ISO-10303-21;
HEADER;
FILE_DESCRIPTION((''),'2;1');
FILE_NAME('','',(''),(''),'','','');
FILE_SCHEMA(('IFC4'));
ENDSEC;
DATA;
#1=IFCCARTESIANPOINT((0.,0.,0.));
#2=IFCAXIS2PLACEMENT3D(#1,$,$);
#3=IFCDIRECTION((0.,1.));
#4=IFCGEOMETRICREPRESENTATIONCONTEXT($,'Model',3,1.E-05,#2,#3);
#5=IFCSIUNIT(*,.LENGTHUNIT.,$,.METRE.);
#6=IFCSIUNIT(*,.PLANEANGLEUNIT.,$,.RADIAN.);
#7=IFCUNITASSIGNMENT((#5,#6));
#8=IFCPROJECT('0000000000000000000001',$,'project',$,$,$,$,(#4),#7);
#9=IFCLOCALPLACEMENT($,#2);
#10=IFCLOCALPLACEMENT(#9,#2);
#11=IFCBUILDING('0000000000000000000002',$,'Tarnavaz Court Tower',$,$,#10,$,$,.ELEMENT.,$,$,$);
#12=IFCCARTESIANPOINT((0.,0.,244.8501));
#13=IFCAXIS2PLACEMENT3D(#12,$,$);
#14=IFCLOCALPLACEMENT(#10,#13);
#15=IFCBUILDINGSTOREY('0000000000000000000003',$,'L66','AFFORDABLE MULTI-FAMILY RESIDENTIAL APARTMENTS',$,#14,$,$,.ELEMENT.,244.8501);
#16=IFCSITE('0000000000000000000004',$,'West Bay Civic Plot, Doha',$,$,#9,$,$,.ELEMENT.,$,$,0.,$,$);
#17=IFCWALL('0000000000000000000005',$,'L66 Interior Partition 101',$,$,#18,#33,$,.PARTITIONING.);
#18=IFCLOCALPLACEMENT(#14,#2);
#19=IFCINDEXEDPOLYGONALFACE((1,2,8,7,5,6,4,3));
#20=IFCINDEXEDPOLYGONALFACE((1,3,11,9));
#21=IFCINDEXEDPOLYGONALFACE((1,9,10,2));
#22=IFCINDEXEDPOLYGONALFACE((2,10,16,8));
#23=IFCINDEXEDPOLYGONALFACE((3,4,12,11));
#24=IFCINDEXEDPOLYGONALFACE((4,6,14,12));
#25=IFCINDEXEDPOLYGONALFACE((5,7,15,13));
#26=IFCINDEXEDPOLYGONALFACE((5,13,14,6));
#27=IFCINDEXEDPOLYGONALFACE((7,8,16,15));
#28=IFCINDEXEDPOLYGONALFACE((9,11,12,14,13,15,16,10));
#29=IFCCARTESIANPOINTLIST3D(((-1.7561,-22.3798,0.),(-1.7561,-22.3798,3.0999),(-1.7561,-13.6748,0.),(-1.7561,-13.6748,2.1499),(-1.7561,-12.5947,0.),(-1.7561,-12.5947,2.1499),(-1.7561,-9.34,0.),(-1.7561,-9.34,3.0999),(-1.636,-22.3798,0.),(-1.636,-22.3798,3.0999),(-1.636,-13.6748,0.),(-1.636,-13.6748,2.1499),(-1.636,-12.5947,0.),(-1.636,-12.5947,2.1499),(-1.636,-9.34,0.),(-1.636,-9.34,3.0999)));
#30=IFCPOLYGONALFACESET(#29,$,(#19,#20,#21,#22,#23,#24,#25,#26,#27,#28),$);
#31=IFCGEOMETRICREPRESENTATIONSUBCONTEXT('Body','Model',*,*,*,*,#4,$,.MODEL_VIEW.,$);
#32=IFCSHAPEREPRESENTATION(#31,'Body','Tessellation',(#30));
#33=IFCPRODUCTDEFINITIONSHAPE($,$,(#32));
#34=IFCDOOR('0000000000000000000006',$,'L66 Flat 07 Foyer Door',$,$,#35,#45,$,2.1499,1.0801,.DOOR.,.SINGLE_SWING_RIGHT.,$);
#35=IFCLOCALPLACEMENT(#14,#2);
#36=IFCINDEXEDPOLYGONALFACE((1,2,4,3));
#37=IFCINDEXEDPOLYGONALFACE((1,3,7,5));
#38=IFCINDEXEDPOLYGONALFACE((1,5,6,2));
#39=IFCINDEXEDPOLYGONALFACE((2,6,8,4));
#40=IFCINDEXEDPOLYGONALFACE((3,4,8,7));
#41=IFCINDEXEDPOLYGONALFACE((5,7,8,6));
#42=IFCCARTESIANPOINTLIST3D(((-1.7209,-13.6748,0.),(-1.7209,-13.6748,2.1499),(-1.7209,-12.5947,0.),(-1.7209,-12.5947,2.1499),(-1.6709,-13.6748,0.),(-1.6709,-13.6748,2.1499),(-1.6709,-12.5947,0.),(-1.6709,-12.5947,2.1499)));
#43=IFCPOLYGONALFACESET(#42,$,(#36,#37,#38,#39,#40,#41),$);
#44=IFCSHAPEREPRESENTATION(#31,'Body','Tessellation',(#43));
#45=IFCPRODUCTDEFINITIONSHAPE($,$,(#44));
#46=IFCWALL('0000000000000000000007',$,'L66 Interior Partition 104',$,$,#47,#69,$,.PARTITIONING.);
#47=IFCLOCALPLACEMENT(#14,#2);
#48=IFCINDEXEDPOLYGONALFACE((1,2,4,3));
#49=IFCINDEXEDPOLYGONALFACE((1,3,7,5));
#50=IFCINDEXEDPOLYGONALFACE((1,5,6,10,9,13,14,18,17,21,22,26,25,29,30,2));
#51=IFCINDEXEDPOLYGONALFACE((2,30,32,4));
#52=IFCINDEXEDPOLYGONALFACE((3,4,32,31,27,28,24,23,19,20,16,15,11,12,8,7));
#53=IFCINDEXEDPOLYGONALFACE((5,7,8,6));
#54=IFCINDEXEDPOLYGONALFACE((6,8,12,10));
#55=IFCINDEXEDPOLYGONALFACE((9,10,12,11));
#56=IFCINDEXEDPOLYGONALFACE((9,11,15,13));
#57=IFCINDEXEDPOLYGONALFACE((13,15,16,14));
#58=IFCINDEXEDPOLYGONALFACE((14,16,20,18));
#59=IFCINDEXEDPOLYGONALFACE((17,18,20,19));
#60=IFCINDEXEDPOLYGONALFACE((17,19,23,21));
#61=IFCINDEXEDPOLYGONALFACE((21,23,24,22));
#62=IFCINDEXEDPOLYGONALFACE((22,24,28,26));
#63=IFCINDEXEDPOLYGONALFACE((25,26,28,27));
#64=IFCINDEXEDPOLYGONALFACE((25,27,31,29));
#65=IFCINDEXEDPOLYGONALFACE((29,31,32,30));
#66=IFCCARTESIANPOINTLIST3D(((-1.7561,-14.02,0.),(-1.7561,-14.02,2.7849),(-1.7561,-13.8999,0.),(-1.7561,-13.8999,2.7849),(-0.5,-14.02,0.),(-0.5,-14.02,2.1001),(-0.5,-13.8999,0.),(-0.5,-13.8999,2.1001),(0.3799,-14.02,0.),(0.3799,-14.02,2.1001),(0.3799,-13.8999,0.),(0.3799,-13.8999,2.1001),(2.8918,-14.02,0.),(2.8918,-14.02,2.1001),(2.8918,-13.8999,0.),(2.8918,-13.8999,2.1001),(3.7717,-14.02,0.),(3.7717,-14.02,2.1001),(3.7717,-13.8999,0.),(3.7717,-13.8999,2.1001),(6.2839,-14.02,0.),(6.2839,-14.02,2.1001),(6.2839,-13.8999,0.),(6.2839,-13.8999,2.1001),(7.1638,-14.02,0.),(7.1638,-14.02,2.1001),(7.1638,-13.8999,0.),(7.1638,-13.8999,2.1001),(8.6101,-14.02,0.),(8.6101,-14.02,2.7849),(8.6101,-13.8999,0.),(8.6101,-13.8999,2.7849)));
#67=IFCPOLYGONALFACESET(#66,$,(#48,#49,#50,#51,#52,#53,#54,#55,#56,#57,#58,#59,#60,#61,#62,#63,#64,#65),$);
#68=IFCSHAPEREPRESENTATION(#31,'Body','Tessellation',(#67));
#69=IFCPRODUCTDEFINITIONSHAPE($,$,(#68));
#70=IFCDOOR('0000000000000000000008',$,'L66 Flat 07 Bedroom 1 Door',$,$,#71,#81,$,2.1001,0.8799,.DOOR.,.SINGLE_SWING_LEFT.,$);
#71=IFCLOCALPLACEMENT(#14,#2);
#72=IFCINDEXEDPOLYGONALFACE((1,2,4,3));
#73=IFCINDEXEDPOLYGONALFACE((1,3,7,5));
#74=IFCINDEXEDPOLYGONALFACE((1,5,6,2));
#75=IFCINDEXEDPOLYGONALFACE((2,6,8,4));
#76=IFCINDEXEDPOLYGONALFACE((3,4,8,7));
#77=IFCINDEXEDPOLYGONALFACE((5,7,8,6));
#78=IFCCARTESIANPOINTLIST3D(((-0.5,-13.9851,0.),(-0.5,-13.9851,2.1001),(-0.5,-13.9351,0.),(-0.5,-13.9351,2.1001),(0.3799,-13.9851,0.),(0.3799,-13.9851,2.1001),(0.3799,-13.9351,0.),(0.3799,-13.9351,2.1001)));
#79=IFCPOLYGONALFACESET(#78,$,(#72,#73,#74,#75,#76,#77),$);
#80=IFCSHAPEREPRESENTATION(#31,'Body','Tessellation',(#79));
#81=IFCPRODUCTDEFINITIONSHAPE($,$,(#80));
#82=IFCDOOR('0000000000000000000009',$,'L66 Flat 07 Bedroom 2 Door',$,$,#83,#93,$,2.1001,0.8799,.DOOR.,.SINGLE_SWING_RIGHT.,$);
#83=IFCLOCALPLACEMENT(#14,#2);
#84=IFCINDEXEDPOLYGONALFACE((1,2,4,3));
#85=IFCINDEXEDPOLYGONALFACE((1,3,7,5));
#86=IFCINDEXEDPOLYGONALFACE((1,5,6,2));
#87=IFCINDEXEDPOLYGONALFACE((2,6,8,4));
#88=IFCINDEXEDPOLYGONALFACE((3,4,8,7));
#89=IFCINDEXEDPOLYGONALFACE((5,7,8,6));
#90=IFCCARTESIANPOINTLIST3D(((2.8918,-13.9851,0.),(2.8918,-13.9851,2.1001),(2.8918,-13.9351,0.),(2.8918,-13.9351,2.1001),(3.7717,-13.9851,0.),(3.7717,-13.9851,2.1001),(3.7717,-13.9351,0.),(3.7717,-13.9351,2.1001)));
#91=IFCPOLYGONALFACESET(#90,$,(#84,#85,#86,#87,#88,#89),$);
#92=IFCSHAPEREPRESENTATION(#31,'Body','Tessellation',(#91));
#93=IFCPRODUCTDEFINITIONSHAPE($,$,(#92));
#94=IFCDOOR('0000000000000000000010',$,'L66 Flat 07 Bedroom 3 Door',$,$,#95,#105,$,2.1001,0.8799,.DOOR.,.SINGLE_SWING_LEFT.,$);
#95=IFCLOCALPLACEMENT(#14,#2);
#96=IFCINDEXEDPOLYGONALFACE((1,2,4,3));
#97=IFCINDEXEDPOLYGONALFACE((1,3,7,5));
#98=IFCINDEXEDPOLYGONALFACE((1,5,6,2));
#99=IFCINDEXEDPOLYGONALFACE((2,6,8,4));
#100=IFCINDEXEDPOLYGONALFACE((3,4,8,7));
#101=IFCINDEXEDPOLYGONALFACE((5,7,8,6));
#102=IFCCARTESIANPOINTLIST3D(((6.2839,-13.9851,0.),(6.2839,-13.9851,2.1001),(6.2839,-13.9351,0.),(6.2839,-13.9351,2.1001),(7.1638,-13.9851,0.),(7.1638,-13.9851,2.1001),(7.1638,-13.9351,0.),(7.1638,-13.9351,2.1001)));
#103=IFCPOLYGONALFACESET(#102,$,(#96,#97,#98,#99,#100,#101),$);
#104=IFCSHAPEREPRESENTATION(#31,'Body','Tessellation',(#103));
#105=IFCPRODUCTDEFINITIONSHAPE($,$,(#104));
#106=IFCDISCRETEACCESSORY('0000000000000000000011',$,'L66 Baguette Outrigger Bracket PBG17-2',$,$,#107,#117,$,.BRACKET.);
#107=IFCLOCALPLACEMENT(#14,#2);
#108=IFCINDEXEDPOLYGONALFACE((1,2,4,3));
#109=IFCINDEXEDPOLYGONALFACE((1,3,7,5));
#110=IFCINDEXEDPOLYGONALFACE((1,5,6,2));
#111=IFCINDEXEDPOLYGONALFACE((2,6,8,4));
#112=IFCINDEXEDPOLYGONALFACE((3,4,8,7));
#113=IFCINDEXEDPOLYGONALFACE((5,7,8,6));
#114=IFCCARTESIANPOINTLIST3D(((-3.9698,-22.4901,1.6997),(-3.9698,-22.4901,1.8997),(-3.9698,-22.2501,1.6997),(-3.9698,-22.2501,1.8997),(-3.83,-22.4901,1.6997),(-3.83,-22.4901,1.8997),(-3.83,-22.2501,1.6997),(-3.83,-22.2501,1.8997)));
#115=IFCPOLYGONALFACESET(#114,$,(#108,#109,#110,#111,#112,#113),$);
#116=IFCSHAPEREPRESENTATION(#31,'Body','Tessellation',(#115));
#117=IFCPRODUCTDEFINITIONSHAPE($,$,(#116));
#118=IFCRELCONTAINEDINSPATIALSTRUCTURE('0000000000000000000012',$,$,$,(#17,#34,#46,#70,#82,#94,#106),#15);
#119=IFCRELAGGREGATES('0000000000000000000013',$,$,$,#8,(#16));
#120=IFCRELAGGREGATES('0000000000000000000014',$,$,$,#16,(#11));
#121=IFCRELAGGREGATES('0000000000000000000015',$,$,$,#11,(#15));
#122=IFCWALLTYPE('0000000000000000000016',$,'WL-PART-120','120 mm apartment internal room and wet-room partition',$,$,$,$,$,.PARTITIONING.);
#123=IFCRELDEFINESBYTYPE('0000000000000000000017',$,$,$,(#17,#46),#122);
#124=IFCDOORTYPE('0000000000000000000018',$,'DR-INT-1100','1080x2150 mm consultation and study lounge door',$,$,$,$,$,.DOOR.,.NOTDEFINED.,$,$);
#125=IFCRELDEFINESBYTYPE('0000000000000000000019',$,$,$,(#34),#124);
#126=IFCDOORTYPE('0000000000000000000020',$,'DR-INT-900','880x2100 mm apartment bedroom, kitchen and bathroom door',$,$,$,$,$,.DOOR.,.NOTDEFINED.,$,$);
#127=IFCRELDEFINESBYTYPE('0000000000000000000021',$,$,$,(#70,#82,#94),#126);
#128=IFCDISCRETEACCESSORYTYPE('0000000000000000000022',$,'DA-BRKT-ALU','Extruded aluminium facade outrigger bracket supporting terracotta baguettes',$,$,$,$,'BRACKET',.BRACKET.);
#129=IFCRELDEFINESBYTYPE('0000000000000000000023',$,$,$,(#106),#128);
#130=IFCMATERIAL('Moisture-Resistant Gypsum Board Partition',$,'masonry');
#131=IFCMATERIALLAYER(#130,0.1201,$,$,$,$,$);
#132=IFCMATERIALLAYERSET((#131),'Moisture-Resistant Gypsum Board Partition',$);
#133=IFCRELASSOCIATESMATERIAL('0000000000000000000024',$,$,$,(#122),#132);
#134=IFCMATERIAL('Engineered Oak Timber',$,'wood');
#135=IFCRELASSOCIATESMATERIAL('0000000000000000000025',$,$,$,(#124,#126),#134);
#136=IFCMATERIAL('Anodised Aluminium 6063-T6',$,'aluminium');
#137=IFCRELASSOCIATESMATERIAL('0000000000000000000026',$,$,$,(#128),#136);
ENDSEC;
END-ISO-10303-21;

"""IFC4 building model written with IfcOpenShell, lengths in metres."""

from ifc_helpers import new_model, si_unit, direction, frame, frame_2d, origin, origin_2d, place, context, subcontext, project, spatial, rectangle, extrude, material, layer, layer_set, type_object, element, fill, save


model = new_model("IFC4")

# Units and contexts
model_context = context("Model", 3, precision=1e-05, world=origin(), true_north=direction((0.0, 1.0)))
body_context = subcontext(model_context, "Body", "Model", "MODEL_VIEW")
ifc_project = project(units=[si_unit("LENGTHUNIT", "METRE"), si_unit("PLANEANGLEUNIT", "RADIAN")], contexts=[model_context])

# Site, building, storey
site_placement = place(None, origin())
site = spatial("IfcSite", under=ifc_project, at=site_placement, Name="West Bay Civic Plot, Doha", CompositionType="ELEMENT", RefElevation=0.0)
building_placement = place(site_placement, origin())
building = spatial("IfcBuilding", under=site, at=building_placement, Name="Tarnavaz Court Tower", CompositionType="ELEMENT")
storey_placement = place(building_placement, frame((0.0, 0.0, 244.8501)))
storey = spatial("IfcBuildingStorey", under=building, at=storey_placement, Name="L66", Description="AFFORDABLE MULTI-FAMILY RESIDENTIAL APARTMENTS", CompositionType="ELEMENT", Elevation=244.8501)

# Shared definitions
ifc_material_1 = material(Name="Anodised Aluminium 6063-T6", Category="aluminium")

# Wall, opening, door
ifc_material_2 = material(Name="Moisture-Resistant Gypsum Board Partition", Category="masonry")
ifc_layer_1 = layer(ifc_material_2, 0.1201)
ifc_layer_set_1 = layer_set([ifc_layer_1], Name="Moisture-Resistant Gypsum Board Partition")
wall_type_1 = type_object("IfcWallType", Name="WL-PART-120", Description="120 mm apartment internal room and wet-room partition", PredefinedType="PARTITIONING", material=ifc_layer_set_1)
wall_1_placement = place(storey_placement, frame((-1.696, -22.3799, 0.0), z_axis=(0.0, 0.0, 1.0), x_axis=(0.0, 1.0, 0.0)))
wall_1 = element("IfcWall", 1, at=wall_1_placement, inside=storey, type_object=wall_type_1, Name="L66 Interior Partition 101", PredefinedType="PARTITIONING", context=body_context, shape_type="SweptSolid", body=[
    extrude(rectangle(XDim=13.0398, YDim=0.1201, at=frame_2d((6.52, 0.0))), origin(), (0.0, 0.0, 1.0), 3.0999),
])
opening_1_placement = place(wall_1_placement, frame((8.7051, 0.0, 0.0)))
opening_1 = element("IfcOpeningElement", 2, at=opening_1_placement, cuts=wall_1, PredefinedType="OPENING", context=body_context, shape_type="SweptSolid", body=[
    extrude(rectangle(XDim=1.0801, YDim=2.1499, at=frame_2d((0.54, 1.075))), frame((0.0, 0.0701, 0.0), z_axis=(0.0, -1.0, 0.0), x_axis=(1.0, 0.0, 0.0)), (0.0, 0.0, 1.0), 0.1401),
])
ifc_material_3 = material(Name="Engineered Oak Timber", Category="wood")
door_type_1 = type_object("IfcDoorType", Name="DR-INT-1100", Description="1080x2150 mm consultation and study lounge door", OperationType="NOTDEFINED", PredefinedType="DOOR", material=ifc_material_3)
door_1_placement = place(opening_1_placement, origin())
door_1 = element("IfcDoor", 3, at=door_1_placement, inside=storey, type_object=door_type_1, Name="L66 Flat 07 Foyer Door", OperationType="SINGLE_SWING_RIGHT", OverallHeight=2.1499, OverallWidth=1.0801, PredefinedType="DOOR", context=body_context, shape_type="SweptSolid", body=[
    extrude(rectangle(XDim=1.0801, YDim=2.1499, at=frame_2d((0.54, 1.075))), frame((0.0, 0.0249, 0.0), z_axis=(0.0, -1.0, 0.0), x_axis=(1.0, 0.0, 0.0)), (0.0, 0.0, 1.0), 0.05),
])
fill(opening_1, door_1)

# Wall, openings, doors
wall_2_placement = place(storey_placement, frame((-1.7561, -13.96, 0.0), z_axis=(0.0, 0.0, 1.0), x_axis=(1.0, 0.0, 0.0)))
wall_2 = element("IfcWall", 4, at=wall_2_placement, inside=storey, type_object=wall_type_1, Name="L66 Interior Partition 104", PredefinedType="PARTITIONING", context=body_context, shape_type="SweptSolid", body=[
    extrude(rectangle(XDim=10.3662, YDim=0.1201, at=frame_2d((5.1831, 0.0))), origin(), (0.0, 0.0, 1.0), 2.7849),
])
opening_2_placement = place(wall_2_placement, frame((1.2561, 0.0, 0.0)))
opening_2 = element("IfcOpeningElement", 5, at=opening_2_placement, cuts=wall_2, PredefinedType="OPENING", context=body_context, shape_type="SweptSolid", body=[
    extrude(rectangle(XDim=0.8799, YDim=2.1001, at=frame_2d((0.4399, 1.05))), frame((0.0, 0.0701, 0.0), z_axis=(0.0, -1.0, 0.0), x_axis=(1.0, 0.0, 0.0)), (0.0, 0.0, 1.0), 0.1401),
])
opening_3_placement = place(wall_2_placement, frame((4.6479, 0.0, 0.0)))
opening_3 = element("IfcOpeningElement", 6, at=opening_3_placement, cuts=wall_2, PredefinedType="OPENING", context=body_context, shape_type="SweptSolid", body=[
    extrude(rectangle(XDim=0.8799, YDim=2.1001, at=frame_2d((0.4399, 1.05))), frame((0.0, 0.0701, 0.0), z_axis=(0.0, -1.0, 0.0), x_axis=(1.0, 0.0, 0.0)), (0.0, 0.0, 1.0), 0.1401),
])
opening_4_placement = place(wall_2_placement, frame((8.04, 0.0, 0.0)))
opening_4 = element("IfcOpeningElement", 7, at=opening_4_placement, cuts=wall_2, PredefinedType="OPENING", context=body_context, shape_type="SweptSolid", body=[
    extrude(rectangle(XDim=0.8799, YDim=2.1001, at=frame_2d((0.4399, 1.05))), frame((0.0, 0.0701, 0.0), z_axis=(0.0, -1.0, 0.0), x_axis=(1.0, 0.0, 0.0)), (0.0, 0.0, 1.0), 0.1401),
])
door_type_2 = type_object("IfcDoorType", Name="DR-INT-900", Description="880x2100 mm apartment bedroom, kitchen and bathroom door", OperationType="NOTDEFINED", PredefinedType="DOOR", material=ifc_material_3)
door_2_placement = place(opening_2_placement, origin())
door_2 = element("IfcDoor", 8, at=door_2_placement, inside=storey, type_object=door_type_2, Name="L66 Flat 07 Bedroom 1 Door", OperationType="SINGLE_SWING_LEFT", OverallHeight=2.1001, OverallWidth=0.8799, PredefinedType="DOOR", context=body_context, shape_type="SweptSolid", body=[
    extrude(rectangle(XDim=0.8799, YDim=2.1001, at=frame_2d((0.4399, 1.05))), frame((0.0, 0.0249, 0.0), z_axis=(0.0, -1.0, 0.0), x_axis=(1.0, 0.0, 0.0)), (0.0, 0.0, 1.0), 0.05),
])
fill(opening_2, door_2)
door_3_placement = place(opening_3_placement, origin())
door_3 = element("IfcDoor", 9, at=door_3_placement, inside=storey, type_object=door_type_2, Name="L66 Flat 07 Bedroom 2 Door", OperationType="SINGLE_SWING_RIGHT", OverallHeight=2.1001, OverallWidth=0.8799, PredefinedType="DOOR", context=body_context, shape_type="SweptSolid", body=[
    extrude(rectangle(XDim=0.8799, YDim=2.1001, at=frame_2d((0.4399, 1.05))), frame((0.0, 0.0249, 0.0), z_axis=(0.0, -1.0, 0.0), x_axis=(1.0, 0.0, 0.0)), (0.0, 0.0, 1.0), 0.05),
])
fill(opening_3, door_3)
door_4_placement = place(opening_4_placement, origin())
door_4 = element("IfcDoor", 10, at=door_4_placement, inside=storey, type_object=door_type_2, Name="L66 Flat 07 Bedroom 3 Door", OperationType="SINGLE_SWING_LEFT", OverallHeight=2.1001, OverallWidth=0.8799, PredefinedType="DOOR", context=body_context, shape_type="SweptSolid", body=[
    extrude(rectangle(XDim=0.8799, YDim=2.1001, at=frame_2d((0.4399, 1.05))), frame((0.0, 0.0249, 0.0), z_axis=(0.0, -1.0, 0.0), x_axis=(1.0, 0.0, 0.0)), (0.0, 0.0, 1.0), 0.05),
])
fill(opening_4, door_4)

# Discrete accessory
discrete_accessory_type = type_object("IfcDiscreteAccessoryType", Name="DA-BRKT-ALU", Description="Extruded aluminium facade outrigger bracket supporting terracotta baguettes", ElementType="BRACKET", PredefinedType="BRACKET", material=ifc_material_1)
discrete_accessory_placement = place(storey_placement, frame((-3.8999, -22.3701, 1.6997), z_axis=(0.0, 0.0, 1.0), x_axis=(-1.0, 0.0, 0.0)))
element("IfcDiscreteAccessory", 11, at=discrete_accessory_placement, inside=storey, type_object=discrete_accessory_type, Name="L66 Baguette Outrigger Bracket PBG17-2", PredefinedType="BRACKET", context=body_context, shape_type="SweptSolid", body=[
    extrude(rectangle(XDim=0.1399, YDim=0.24, at=origin_2d()), origin(), (0.0, 0.0, 1.0), 0.2),
])

save(model, "model.ifc")
